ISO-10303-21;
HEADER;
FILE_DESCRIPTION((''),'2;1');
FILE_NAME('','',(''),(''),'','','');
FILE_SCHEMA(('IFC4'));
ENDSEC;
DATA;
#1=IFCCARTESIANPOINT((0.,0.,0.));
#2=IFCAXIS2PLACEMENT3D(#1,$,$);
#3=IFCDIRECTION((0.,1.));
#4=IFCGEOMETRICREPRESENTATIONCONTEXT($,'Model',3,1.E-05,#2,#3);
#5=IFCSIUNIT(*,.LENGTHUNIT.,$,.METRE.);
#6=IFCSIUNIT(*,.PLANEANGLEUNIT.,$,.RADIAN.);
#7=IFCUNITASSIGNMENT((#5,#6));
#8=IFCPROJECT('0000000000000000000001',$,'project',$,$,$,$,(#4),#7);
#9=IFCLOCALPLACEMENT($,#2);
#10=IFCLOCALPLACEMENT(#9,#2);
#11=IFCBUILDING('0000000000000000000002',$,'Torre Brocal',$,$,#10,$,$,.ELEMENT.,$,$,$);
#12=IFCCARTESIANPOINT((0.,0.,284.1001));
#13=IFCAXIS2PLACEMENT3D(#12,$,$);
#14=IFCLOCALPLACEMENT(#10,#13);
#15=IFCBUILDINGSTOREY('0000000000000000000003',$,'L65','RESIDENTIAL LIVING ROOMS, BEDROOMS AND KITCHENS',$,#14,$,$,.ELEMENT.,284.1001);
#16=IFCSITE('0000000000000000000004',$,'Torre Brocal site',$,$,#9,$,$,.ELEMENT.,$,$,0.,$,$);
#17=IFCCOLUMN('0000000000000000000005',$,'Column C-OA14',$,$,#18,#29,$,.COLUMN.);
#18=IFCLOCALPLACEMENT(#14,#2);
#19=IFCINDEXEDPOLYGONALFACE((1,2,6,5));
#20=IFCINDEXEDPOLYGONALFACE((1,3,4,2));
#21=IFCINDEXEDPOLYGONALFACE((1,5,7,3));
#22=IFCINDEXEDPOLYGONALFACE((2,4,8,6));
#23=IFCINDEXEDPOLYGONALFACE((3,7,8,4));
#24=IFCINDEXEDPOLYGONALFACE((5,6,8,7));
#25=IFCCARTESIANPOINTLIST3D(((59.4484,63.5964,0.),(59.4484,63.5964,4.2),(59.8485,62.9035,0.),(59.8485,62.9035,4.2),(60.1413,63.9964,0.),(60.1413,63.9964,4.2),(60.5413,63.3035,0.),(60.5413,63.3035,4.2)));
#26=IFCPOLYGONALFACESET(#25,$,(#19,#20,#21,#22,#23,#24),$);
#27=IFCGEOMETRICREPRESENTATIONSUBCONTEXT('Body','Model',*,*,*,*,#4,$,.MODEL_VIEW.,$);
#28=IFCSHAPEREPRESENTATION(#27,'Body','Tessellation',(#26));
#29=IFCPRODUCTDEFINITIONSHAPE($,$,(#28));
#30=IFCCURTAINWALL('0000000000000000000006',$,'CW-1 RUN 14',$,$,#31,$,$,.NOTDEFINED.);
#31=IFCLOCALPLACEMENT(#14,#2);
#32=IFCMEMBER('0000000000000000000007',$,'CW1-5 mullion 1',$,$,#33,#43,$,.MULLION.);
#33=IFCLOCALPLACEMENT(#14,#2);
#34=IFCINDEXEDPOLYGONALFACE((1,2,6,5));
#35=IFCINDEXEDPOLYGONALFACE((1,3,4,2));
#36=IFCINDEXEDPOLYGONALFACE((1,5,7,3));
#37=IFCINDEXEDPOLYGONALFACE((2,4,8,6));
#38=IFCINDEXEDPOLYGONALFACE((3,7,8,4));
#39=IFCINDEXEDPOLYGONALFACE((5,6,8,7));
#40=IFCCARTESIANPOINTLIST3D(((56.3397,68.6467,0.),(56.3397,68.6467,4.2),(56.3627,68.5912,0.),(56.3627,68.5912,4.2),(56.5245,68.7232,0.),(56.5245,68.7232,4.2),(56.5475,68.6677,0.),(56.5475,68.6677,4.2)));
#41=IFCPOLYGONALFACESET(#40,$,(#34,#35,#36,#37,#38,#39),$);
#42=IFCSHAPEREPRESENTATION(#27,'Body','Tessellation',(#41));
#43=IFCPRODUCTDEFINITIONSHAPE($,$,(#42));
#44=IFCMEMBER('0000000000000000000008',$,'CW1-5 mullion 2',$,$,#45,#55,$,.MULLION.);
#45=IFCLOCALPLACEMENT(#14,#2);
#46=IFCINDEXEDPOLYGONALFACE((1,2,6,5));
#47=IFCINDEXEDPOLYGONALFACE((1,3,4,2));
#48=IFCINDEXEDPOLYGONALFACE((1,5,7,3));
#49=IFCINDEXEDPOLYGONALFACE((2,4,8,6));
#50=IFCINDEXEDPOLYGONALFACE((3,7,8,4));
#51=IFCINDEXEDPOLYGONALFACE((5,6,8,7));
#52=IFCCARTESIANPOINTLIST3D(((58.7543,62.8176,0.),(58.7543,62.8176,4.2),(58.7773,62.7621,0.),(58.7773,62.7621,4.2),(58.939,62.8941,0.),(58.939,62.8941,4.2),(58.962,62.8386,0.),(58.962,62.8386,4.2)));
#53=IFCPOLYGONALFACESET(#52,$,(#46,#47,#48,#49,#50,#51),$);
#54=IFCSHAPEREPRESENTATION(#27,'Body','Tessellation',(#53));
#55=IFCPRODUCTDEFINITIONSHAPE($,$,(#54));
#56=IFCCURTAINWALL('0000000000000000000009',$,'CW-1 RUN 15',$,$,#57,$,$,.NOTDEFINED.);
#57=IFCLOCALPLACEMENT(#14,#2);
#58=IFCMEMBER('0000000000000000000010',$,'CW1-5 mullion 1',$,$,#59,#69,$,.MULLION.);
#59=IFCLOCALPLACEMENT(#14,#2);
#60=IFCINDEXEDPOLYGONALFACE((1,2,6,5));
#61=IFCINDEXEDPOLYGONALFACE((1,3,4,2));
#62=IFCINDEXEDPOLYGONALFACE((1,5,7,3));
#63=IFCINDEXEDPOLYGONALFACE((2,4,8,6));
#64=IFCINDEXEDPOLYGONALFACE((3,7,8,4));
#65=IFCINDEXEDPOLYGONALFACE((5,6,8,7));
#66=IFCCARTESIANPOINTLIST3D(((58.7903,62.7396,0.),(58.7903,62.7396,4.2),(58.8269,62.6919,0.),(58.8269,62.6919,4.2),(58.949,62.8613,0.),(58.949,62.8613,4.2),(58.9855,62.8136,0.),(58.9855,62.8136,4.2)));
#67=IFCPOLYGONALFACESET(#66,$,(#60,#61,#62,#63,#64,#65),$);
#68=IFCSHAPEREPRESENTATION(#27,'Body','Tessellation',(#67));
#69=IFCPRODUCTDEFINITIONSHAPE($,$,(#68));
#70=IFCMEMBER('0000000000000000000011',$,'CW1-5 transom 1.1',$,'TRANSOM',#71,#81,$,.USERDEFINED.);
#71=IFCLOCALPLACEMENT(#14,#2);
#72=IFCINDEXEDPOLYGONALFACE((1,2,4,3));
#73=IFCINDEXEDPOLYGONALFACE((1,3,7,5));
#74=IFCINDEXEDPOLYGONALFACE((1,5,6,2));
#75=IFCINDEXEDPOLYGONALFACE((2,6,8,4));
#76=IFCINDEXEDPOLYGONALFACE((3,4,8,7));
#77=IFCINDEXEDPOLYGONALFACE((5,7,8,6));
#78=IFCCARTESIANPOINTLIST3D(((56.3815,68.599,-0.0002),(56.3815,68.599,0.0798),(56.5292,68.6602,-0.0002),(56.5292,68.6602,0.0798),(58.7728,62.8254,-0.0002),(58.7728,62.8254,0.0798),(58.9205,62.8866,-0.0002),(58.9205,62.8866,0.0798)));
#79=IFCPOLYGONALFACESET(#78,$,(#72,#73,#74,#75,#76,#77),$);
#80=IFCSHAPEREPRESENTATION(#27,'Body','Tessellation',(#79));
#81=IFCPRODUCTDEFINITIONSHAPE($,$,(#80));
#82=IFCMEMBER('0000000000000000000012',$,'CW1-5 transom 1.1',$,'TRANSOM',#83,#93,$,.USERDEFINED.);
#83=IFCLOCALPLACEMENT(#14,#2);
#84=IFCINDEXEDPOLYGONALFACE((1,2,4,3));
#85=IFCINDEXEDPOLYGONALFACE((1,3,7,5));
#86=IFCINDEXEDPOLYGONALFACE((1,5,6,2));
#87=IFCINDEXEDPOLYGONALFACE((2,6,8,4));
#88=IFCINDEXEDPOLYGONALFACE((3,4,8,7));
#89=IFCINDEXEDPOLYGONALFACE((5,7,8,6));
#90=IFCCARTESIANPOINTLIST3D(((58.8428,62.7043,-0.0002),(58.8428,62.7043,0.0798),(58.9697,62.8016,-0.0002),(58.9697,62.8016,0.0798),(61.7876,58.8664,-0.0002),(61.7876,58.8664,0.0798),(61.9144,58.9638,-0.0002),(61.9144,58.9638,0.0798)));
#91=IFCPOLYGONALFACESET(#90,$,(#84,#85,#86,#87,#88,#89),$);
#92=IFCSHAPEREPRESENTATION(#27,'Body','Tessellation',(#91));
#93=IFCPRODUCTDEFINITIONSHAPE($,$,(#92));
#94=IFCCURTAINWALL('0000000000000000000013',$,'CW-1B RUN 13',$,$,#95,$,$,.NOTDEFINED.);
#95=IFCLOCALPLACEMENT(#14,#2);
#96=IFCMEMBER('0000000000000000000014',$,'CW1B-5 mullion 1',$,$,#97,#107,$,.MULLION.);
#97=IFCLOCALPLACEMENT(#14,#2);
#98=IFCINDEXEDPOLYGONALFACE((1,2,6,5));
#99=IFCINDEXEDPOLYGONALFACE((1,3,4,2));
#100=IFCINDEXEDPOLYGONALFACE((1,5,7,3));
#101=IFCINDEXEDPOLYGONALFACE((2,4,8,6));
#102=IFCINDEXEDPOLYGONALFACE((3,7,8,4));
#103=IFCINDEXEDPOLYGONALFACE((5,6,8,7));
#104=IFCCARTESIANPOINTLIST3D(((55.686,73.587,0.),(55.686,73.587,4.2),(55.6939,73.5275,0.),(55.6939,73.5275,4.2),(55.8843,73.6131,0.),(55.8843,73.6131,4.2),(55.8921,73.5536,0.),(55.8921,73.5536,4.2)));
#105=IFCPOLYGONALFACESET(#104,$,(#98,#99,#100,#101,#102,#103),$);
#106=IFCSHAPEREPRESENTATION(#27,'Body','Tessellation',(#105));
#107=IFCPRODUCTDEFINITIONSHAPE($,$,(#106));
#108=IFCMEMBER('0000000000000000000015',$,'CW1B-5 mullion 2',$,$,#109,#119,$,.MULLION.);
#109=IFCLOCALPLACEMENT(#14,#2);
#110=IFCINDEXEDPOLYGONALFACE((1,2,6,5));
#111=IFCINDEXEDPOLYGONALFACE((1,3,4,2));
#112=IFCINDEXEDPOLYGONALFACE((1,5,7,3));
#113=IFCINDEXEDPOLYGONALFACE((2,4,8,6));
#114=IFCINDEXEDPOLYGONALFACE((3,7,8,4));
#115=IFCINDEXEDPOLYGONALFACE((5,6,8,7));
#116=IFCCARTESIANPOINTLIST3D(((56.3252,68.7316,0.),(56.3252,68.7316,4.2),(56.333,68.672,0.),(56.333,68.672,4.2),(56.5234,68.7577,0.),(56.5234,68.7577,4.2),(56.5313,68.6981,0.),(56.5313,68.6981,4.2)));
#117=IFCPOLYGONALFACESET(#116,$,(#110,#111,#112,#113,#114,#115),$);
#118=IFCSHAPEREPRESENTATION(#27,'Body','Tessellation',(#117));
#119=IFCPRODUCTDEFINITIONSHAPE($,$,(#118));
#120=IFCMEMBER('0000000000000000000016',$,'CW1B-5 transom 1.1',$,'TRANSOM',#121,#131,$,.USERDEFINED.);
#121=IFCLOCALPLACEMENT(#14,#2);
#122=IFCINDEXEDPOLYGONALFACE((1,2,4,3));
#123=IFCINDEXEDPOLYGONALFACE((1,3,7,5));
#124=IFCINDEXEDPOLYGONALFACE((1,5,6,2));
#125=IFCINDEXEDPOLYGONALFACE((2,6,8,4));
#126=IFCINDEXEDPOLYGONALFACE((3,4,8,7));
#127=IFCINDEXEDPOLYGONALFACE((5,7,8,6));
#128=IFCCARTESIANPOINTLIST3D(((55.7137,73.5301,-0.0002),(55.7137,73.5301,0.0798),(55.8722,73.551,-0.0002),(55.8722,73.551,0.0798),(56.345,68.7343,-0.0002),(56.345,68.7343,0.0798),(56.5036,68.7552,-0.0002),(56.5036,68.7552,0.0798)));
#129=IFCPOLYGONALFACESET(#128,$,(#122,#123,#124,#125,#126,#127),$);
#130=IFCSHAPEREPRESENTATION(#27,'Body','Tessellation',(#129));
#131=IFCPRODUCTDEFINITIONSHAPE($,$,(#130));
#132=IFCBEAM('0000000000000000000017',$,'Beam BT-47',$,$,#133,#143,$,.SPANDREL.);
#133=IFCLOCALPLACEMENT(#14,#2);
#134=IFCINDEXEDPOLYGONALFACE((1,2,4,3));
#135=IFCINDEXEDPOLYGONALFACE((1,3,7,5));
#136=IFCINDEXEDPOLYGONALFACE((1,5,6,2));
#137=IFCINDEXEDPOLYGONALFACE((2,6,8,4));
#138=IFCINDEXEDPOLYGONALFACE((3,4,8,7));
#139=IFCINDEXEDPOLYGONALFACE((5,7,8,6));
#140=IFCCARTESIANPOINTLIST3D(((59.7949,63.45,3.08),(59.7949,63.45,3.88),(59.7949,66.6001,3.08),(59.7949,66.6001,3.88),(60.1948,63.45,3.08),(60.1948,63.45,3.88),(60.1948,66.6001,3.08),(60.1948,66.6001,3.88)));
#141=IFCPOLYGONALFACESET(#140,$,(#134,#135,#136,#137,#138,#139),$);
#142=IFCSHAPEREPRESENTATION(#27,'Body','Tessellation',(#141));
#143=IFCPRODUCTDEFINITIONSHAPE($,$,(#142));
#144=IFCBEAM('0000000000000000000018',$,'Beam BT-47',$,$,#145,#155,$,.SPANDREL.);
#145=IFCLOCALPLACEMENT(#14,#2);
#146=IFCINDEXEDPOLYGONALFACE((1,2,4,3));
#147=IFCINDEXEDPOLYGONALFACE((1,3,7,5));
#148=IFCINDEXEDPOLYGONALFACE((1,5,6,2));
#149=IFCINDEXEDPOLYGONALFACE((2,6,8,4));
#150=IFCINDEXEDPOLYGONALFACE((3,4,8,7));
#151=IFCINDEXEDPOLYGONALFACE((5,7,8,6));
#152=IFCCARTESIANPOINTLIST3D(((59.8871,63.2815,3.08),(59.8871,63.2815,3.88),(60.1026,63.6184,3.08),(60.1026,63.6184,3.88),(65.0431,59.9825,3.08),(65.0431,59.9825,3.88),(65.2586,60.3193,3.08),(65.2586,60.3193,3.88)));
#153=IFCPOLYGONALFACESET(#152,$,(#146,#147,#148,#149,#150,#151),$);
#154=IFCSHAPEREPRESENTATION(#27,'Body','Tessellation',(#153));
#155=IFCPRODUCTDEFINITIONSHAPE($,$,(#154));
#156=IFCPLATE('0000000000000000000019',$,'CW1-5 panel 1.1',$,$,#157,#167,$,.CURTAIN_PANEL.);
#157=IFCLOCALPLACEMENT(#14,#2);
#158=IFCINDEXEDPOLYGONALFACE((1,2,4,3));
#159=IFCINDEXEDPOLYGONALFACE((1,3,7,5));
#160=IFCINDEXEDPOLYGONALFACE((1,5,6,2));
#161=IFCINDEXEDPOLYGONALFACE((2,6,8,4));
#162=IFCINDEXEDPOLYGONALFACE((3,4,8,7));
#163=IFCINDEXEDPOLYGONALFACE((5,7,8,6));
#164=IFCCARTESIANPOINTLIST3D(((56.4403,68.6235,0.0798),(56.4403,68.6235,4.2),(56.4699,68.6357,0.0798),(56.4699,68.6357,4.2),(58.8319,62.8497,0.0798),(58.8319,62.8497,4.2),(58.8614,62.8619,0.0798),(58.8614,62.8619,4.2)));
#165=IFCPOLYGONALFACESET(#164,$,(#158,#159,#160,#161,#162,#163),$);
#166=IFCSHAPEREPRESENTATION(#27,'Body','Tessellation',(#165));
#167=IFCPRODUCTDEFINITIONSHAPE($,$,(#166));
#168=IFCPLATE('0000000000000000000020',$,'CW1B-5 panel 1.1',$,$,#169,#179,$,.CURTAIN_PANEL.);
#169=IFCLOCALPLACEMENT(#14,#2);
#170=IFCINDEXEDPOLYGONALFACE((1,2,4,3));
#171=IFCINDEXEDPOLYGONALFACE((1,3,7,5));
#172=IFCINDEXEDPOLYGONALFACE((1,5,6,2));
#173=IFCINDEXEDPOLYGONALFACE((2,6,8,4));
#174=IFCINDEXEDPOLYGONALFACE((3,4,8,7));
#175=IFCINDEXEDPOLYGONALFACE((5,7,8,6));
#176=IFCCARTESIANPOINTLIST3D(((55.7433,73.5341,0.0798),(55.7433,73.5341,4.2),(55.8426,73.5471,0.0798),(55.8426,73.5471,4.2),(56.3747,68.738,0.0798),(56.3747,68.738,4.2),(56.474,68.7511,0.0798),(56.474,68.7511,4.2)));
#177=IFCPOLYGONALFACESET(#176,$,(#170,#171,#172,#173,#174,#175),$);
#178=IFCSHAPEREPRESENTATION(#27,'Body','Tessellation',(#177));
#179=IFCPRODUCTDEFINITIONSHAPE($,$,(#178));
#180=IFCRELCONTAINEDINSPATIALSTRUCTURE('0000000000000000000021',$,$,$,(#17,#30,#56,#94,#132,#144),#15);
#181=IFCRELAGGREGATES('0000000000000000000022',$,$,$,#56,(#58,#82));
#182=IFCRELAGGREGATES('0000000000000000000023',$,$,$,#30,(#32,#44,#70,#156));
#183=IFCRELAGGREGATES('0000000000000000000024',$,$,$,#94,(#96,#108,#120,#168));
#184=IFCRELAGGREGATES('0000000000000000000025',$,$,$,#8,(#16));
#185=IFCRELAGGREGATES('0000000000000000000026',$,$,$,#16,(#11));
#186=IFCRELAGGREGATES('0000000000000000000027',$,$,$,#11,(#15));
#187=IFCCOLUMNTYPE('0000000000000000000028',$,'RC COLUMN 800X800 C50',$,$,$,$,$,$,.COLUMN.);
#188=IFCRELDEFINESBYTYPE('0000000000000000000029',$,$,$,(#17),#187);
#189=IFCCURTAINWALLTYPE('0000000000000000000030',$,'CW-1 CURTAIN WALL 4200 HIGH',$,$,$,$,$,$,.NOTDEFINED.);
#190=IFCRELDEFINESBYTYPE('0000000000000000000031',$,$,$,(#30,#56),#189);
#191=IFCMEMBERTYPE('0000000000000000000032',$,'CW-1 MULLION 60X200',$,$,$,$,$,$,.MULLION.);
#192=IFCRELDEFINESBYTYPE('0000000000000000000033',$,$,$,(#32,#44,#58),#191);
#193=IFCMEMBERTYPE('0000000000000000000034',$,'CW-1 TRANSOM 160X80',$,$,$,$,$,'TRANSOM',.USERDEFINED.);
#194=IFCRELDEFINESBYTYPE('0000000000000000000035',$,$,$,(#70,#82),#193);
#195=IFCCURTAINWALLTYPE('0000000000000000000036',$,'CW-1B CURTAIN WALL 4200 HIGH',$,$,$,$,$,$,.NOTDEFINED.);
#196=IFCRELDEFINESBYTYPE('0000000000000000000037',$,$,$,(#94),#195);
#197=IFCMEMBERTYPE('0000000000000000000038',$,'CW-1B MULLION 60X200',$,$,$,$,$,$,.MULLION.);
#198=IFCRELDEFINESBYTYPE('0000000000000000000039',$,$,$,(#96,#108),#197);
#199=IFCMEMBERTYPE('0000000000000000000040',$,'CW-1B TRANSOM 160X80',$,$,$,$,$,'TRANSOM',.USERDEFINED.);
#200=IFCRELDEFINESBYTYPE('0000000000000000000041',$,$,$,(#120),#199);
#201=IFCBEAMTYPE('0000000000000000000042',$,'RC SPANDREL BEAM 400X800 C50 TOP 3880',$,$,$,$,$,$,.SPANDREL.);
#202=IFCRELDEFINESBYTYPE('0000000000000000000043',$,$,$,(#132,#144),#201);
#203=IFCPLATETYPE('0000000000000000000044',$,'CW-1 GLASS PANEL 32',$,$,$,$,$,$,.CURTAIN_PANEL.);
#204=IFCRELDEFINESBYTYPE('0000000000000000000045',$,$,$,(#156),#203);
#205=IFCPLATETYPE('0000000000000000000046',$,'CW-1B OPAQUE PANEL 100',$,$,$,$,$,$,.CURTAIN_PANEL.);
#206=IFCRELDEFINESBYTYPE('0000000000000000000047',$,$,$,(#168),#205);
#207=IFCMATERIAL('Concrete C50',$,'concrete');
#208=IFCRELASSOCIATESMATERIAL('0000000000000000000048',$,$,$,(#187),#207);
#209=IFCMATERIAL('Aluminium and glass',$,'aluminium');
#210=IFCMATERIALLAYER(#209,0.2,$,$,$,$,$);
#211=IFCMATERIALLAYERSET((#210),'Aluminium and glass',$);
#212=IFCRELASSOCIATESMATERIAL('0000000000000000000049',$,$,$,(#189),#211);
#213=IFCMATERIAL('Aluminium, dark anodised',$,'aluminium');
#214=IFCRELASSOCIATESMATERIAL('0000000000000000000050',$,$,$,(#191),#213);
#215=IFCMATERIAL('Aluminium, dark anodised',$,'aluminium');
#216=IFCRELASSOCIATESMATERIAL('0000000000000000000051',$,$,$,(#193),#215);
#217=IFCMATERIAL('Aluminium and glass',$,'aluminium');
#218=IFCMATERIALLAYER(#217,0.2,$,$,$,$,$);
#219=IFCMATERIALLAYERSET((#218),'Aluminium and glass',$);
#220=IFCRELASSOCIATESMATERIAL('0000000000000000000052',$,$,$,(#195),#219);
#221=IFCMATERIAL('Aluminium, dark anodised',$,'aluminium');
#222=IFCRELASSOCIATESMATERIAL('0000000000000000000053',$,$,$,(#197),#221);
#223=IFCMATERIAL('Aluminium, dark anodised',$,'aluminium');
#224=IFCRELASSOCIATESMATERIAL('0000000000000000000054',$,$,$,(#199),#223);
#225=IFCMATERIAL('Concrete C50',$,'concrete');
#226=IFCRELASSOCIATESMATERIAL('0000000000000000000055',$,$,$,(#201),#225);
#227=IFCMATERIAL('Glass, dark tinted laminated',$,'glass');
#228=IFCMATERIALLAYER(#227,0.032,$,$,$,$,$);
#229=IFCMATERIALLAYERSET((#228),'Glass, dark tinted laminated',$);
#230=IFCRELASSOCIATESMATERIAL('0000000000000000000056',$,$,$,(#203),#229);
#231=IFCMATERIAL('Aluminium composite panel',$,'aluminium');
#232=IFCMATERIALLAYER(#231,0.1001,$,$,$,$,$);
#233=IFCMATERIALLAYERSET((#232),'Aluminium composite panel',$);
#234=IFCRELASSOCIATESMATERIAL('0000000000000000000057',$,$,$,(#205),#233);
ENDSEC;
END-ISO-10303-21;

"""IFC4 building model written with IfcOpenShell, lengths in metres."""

from ifc_helpers import new_model, si_unit, direction, frame, origin, origin_2d, place, context, subcontext, project, spatial, rectangle, extrude, material, layer, layer_set, material_profile, profile_set, type_object, element, aggregate, save


model = new_model("IFC4")

# Units and contexts
model_context = context("Model", 3, precision=1e-05, world=origin(), true_north=direction((0.0, 1.0)))
body_context = subcontext(model_context, "Body", "Model", "MODEL_VIEW")
ifc_project = project(units=[si_unit("LENGTHUNIT", "METRE"), si_unit("PLANEANGLEUNIT", "RADIAN")], contexts=[model_context])

# Site, building, storey
site_placement = place(None, origin())
site = spatial("IfcSite", under=ifc_project, at=site_placement, Name="Torre Brocal site", CompositionType="ELEMENT", RefElevation=0.0)
building_placement = place(site_placement, origin())
building = spatial("IfcBuilding", under=site, at=building_placement, Name="Torre Brocal", CompositionType="ELEMENT")
storey_placement = place(building_placement, frame((0.0, 0.0, 284.1001)))
storey = spatial("IfcBuildingStorey", under=building, at=storey_placement, Name="L65", Description="RESIDENTIAL LIVING ROOMS, BEDROOMS AND KITCHENS", CompositionType="ELEMENT", Elevation=284.1001)

# Column
ifc_material_1 = material(Name="Concrete C50", Category="concrete")
ifc_material_profile_1 = material_profile(ifc_material_1, rectangle(XDim=0.8, YDim=0.8, at=origin_2d()), Name="RC 800X800")
ifc_profile_set_1 = profile_set([ifc_material_profile_1], Name="Concrete C50")
column_type = type_object("IfcColumnType", Name="RC COLUMN 800X800 C50", PredefinedType="COLUMN", material=ifc_profile_set_1)
column_placement = place(storey_placement, frame((59.9949, 63.45, 0.0), z_axis=(0.0, 0.0, 1.0), x_axis=(-0.866025, -0.5, 0.0)))
element("IfcColumn", 1, at=column_placement, inside=storey, type_object=column_type, Name="Column C-OA14", PredefinedType="COLUMN", context=body_context, shape_type="SweptSolid", body=[
    extrude(rectangle(XDim=0.8, YDim=0.8, at=origin_2d()), origin(), (0.0, 0.0, 1.0), 4.2),
])

# Curtain wall, members
ifc_material_2 = material(Name="Aluminium and glass", Category="aluminium")
ifc_layer_1 = layer(ifc_material_2, 0.2)
ifc_layer_set_1 = layer_set([ifc_layer_1], Name="Aluminium and glass")
curtain_wall_type_1 = type_object("IfcCurtainWallType", Name="CW-1 CURTAIN WALL 4200 HIGH", PredefinedType="NOTDEFINED", material=ifc_layer_set_1)
curtain_wall_1_placement = place(storey_placement, origin())
curtain_wall_1 = element("IfcCurtainWall", 2, at=curtain_wall_1_placement, inside=storey, type_object=curtain_wall_type_1, Name="CW-1 RUN 14", PredefinedType="NOTDEFINED")
ifc_material_3 = material(Name="Aluminium, dark anodised", Category="aluminium")
ifc_material_profile_2 = material_profile(ifc_material_3, rectangle(XDim=0.2, YDim=0.0601, at=origin_2d()), Name="CW-1 MULLION 60X200")
ifc_profile_set_2 = profile_set([ifc_material_profile_2], Name="Aluminium, dark anodised")
member_type_1 = type_object("IfcMemberType", Name="CW-1 MULLION 60X200", PredefinedType="MULLION", material=ifc_profile_set_2)
member_1_placement = place(storey_placement, frame((56.4436, 68.6572, 0.0), z_axis=(0.0, 0.0, 1.0), x_axis=(0.92388, 0.382683, 0.0)))
member_1 = element("IfcMember", 3, at=member_1_placement, type_object=member_type_1, Name="CW1-5 mullion 1", PredefinedType="MULLION", context=body_context, shape_type="SweptSolid", body=[
    extrude(rectangle(XDim=0.2, YDim=0.0601, at=origin_2d()), origin(), (0.0, 0.0, 1.0), 4.2),
])
member_2_placement = place(storey_placement, frame((58.8582, 62.8281, 0.0), z_axis=(0.0, 0.0, 1.0), x_axis=(0.92388, 0.382683, 0.0)))
member_2 = element("IfcMember", 4, at=member_2_placement, type_object=member_type_1, Name="CW1-5 mullion 2", PredefinedType="MULLION", context=body_context, shape_type="SweptSolid", body=[
    extrude(rectangle(XDim=0.2, YDim=0.0601, at=origin_2d()), origin(), (0.0, 0.0, 1.0), 4.2),
])

# Curtain wall, member
curtain_wall_2_placement = place(storey_placement, origin())
curtain_wall_2 = element("IfcCurtainWall", 5, at=curtain_wall_2_placement, inside=storey, type_object=curtain_wall_type_1, Name="CW-1 RUN 15", PredefinedType="NOTDEFINED")
member_3_placement = place(storey_placement, frame((58.8879, 62.7766, 0.0), z_axis=(0.0, 0.0, 1.0), x_axis=(0.793353, 0.608761, 0.0)))
member_3 = element("IfcMember", 6, at=member_3_placement, type_object=member_type_1, Name="CW1-5 mullion 1", PredefinedType="MULLION", context=body_context, shape_type="SweptSolid", body=[
    extrude(rectangle(XDim=0.2, YDim=0.0601, at=origin_2d()), origin(), (0.0, 0.0, 1.0), 4.2),
])

# Members
ifc_material_4 = material(Name="Aluminium, dark anodised", Category="aluminium")
ifc_material_profile_3 = material_profile(ifc_material_4, rectangle(XDim=0.1599, YDim=0.0801, at=origin_2d()), Name="CW-1 TRANSOM 160X80")
ifc_profile_set_3 = profile_set([ifc_material_profile_3], Name="Aluminium, dark anodised")
member_type_2 = type_object("IfcMemberType", Name="CW-1 TRANSOM 160X80", ElementType="TRANSOM", PredefinedType="USERDEFINED", material=ifc_profile_set_3)
member_4_placement = place(storey_placement, frame((56.4553, 68.6296, 0.0398), z_axis=(0.382659, -0.92389, 0.0), x_axis=(0.92389, 0.382659, 0.0)))
member_4 = element("IfcMember", 7, at=member_4_placement, type_object=member_type_2, Name="CW1-5 transom 1.1", ObjectType="TRANSOM", PredefinedType="USERDEFINED", context=body_context, shape_type="SweptSolid", body=[
    extrude(rectangle(XDim=0.1599, YDim=0.0801, at=origin_2d()), origin(), (0.0, 0.0, 1.0), 6.2493),
])
member_5_placement = place(storey_placement, frame((58.9062, 62.7529, 0.0398), z_axis=(0.608749, -0.793363, 0.0), x_axis=(0.793363, 0.608749, 0.0)))
member_5 = element("IfcMember", 8, at=member_5_placement, type_object=member_type_2, Name="CW1-5 transom 1.1", ObjectType="TRANSOM", PredefinedType="USERDEFINED", context=body_context, shape_type="SweptSolid", body=[
    extrude(rectangle(XDim=0.1599, YDim=0.0801, at=origin_2d()), origin(), (0.0, 0.0, 1.0), 4.8374),
])
aggregate(curtain_wall_2, [member_3, member_5])

# Curtain wall, members
ifc_material_5 = material(Name="Aluminium and glass", Category="aluminium")
ifc_layer_2 = layer(ifc_material_5, 0.2)
ifc_layer_set_2 = layer_set([ifc_layer_2], Name="Aluminium and glass")
curtain_wall_type_2 = type_object("IfcCurtainWallType", Name="CW-1B CURTAIN WALL 4200 HIGH", PredefinedType="NOTDEFINED", material=ifc_layer_set_2)
curtain_wall_3_placement = place(storey_placement, origin())
curtain_wall_3 = element("IfcCurtainWall", 9, at=curtain_wall_3_placement, inside=storey, type_object=curtain_wall_type_2, Name="CW-1B RUN 13", PredefinedType="NOTDEFINED")
ifc_material_6 = material(Name="Aluminium, dark anodised", Category="aluminium")
ifc_material_profile_4 = material_profile(ifc_material_6, rectangle(XDim=0.2, YDim=0.0601, at=origin_2d()), Name="CW-1B MULLION 60X200")
ifc_profile_set_4 = profile_set([ifc_material_profile_4], Name="Aluminium, dark anodised")
member_type_3 = type_object("IfcMemberType", Name="CW-1B MULLION 60X200", PredefinedType="MULLION", material=ifc_profile_set_4)
member_6_placement = place(storey_placement, frame((55.7891, 73.5703, 0.0), z_axis=(0.0, 0.0, 1.0), x_axis=(0.991445, 0.130526, 0.0)))
member_6 = element("IfcMember", 10, at=member_6_placement, type_object=member_type_3, Name="CW1B-5 mullion 1", PredefinedType="MULLION", context=body_context, shape_type="SweptSolid", body=[
    extrude(rectangle(XDim=0.2, YDim=0.0601, at=origin_2d()), origin(), (0.0, 0.0, 1.0), 4.2),
])
member_7_placement = place(storey_placement, frame((56.4282, 68.7148, 0.0), z_axis=(0.0, 0.0, 1.0), x_axis=(0.991445, 0.130526, 0.0)))
member_7 = element("IfcMember", 11, at=member_7_placement, type_object=member_type_3, Name="CW1B-5 mullion 2", PredefinedType="MULLION", context=body_context, shape_type="SweptSolid", body=[
    extrude(rectangle(XDim=0.2, YDim=0.0601, at=origin_2d()), origin(), (0.0, 0.0, 1.0), 4.2),
])
ifc_material_7 = material(Name="Aluminium, dark anodised", Category="aluminium")
ifc_material_profile_5 = material_profile(ifc_material_7, rectangle(XDim=0.1599, YDim=0.0801, at=origin_2d()), Name="CW-1B TRANSOM 160X80")
ifc_profile_set_5 = profile_set([ifc_material_profile_5], Name="Aluminium, dark anodised")
member_type_4 = type_object("IfcMemberType", Name="CW-1B TRANSOM 160X80", ElementType="TRANSOM", PredefinedType="USERDEFINED", material=ifc_profile_set_5)
member_8_placement = place(storey_placement, frame((55.793, 73.5405, 0.0398), z_axis=(0.130517, -0.991446, 0.0), x_axis=(0.991446, 0.130517, 0.0)))
member_8 = element("IfcMember", 12, at=member_8_placement, type_object=member_type_4, Name="CW1B-5 transom 1.1", ObjectType="TRANSOM", PredefinedType="USERDEFINED", context=body_context, shape_type="SweptSolid", body=[
    extrude(rectangle(XDim=0.1599, YDim=0.0801, at=origin_2d()), origin(), (0.0, 0.0, 1.0), 4.8372),
])

# Beams
ifc_material_8 = material(Name="Concrete C50", Category="concrete")
ifc_material_profile_6 = material_profile(ifc_material_8, rectangle(XDim=0.3999, YDim=0.8, at=origin_2d()), Name="RC 400X800")
ifc_profile_set_6 = profile_set([ifc_material_profile_6], Name="Concrete C50")
beam_type = type_object("IfcBeamType", Name="RC SPANDREL BEAM 400X800 C50 TOP 3880", PredefinedType="SPANDREL", material=ifc_profile_set_6)
beam_1_placement = place(storey_placement, frame((59.9949, 63.45, 3.48), z_axis=(0.0, 1.0, 0.0), x_axis=(-1.0, 0.0, 0.0)))
element("IfcBeam", 13, at=beam_1_placement, inside=storey, type_object=beam_type, Name="Beam BT-47", PredefinedType="SPANDREL", context=body_context, shape_type="SweptSolid", body=[
    extrude(rectangle(XDim=0.3999, YDim=0.8, at=origin_2d()), origin(), (0.0, 0.0, 1.0), 3.1501),
])
beam_2_placement = place(storey_placement, frame((59.9949, 63.45, 3.48), z_axis=(0.842329, -0.538964, 0.0), x_axis=(0.538964, 0.842329, 0.0)))
element("IfcBeam", 14, at=beam_2_placement, inside=storey, type_object=beam_type, Name="Beam BT-47", PredefinedType="SPANDREL", context=body_context, shape_type="SweptSolid", body=[
    extrude(rectangle(XDim=0.3999, YDim=0.8, at=origin_2d()), origin(), (0.0, 0.0, 1.0), 6.1211),
])

# Plates
ifc_material_9 = material(Name="Glass, dark tinted laminated", Category="glass")
ifc_layer_3 = layer(ifc_material_9, 0.032)
ifc_layer_set_3 = layer_set([ifc_layer_3], Name="Glass, dark tinted laminated")
plate_type_1 = type_object("IfcPlateType", Name="CW-1 GLASS PANEL 32", PredefinedType="CURTAIN_PANEL", material=ifc_layer_set_3)
plate_1_placement = place(storey_placement, frame((57.6509, 65.7427, 0.0798), z_axis=(0.0, 0.0, 1.0), x_axis=(0.382683, -0.92388, 0.0)))
plate_1 = element("IfcPlate", 15, at=plate_1_placement, type_object=plate_type_1, Name="CW1-5 panel 1.1", PredefinedType="CURTAIN_PANEL", context=body_context, shape_type="SweptSolid", body=[
    extrude(rectangle(XDim=6.2495, YDim=0.032, at=origin_2d()), origin(), (0.0, 0.0, 1.0), 4.1201),
])
aggregate(curtain_wall_1, [member_1, member_2, member_4, plate_1])
ifc_material_10 = material(Name="Aluminium composite panel", Category="aluminium")
ifc_layer_4 = layer(ifc_material_10, 0.1001)
ifc_layer_set_4 = layer_set([ifc_layer_4], Name="Aluminium composite panel")
plate_type_2 = type_object("IfcPlateType", Name="CW-1B OPAQUE PANEL 100", PredefinedType="CURTAIN_PANEL", material=ifc_layer_set_4)
plate_2_placement = place(storey_placement, frame((56.1086, 71.1426, 0.0798), z_axis=(0.0, 0.0, 1.0), x_axis=(0.130526, -0.991445, 0.0)))
plate_2 = element("IfcPlate", 16, at=plate_2_placement, type_object=plate_type_2, Name="CW1B-5 panel 1.1", PredefinedType="CURTAIN_PANEL", context=body_context, shape_type="SweptSolid", body=[
    extrude(rectangle(XDim=4.8374, YDim=0.1001, at=origin_2d()), origin(), (0.0, 0.0, 1.0), 4.1201),
])
aggregate(curtain_wall_3, [member_6, member_7, member_8, plate_2])

save(model, "model.ifc")
